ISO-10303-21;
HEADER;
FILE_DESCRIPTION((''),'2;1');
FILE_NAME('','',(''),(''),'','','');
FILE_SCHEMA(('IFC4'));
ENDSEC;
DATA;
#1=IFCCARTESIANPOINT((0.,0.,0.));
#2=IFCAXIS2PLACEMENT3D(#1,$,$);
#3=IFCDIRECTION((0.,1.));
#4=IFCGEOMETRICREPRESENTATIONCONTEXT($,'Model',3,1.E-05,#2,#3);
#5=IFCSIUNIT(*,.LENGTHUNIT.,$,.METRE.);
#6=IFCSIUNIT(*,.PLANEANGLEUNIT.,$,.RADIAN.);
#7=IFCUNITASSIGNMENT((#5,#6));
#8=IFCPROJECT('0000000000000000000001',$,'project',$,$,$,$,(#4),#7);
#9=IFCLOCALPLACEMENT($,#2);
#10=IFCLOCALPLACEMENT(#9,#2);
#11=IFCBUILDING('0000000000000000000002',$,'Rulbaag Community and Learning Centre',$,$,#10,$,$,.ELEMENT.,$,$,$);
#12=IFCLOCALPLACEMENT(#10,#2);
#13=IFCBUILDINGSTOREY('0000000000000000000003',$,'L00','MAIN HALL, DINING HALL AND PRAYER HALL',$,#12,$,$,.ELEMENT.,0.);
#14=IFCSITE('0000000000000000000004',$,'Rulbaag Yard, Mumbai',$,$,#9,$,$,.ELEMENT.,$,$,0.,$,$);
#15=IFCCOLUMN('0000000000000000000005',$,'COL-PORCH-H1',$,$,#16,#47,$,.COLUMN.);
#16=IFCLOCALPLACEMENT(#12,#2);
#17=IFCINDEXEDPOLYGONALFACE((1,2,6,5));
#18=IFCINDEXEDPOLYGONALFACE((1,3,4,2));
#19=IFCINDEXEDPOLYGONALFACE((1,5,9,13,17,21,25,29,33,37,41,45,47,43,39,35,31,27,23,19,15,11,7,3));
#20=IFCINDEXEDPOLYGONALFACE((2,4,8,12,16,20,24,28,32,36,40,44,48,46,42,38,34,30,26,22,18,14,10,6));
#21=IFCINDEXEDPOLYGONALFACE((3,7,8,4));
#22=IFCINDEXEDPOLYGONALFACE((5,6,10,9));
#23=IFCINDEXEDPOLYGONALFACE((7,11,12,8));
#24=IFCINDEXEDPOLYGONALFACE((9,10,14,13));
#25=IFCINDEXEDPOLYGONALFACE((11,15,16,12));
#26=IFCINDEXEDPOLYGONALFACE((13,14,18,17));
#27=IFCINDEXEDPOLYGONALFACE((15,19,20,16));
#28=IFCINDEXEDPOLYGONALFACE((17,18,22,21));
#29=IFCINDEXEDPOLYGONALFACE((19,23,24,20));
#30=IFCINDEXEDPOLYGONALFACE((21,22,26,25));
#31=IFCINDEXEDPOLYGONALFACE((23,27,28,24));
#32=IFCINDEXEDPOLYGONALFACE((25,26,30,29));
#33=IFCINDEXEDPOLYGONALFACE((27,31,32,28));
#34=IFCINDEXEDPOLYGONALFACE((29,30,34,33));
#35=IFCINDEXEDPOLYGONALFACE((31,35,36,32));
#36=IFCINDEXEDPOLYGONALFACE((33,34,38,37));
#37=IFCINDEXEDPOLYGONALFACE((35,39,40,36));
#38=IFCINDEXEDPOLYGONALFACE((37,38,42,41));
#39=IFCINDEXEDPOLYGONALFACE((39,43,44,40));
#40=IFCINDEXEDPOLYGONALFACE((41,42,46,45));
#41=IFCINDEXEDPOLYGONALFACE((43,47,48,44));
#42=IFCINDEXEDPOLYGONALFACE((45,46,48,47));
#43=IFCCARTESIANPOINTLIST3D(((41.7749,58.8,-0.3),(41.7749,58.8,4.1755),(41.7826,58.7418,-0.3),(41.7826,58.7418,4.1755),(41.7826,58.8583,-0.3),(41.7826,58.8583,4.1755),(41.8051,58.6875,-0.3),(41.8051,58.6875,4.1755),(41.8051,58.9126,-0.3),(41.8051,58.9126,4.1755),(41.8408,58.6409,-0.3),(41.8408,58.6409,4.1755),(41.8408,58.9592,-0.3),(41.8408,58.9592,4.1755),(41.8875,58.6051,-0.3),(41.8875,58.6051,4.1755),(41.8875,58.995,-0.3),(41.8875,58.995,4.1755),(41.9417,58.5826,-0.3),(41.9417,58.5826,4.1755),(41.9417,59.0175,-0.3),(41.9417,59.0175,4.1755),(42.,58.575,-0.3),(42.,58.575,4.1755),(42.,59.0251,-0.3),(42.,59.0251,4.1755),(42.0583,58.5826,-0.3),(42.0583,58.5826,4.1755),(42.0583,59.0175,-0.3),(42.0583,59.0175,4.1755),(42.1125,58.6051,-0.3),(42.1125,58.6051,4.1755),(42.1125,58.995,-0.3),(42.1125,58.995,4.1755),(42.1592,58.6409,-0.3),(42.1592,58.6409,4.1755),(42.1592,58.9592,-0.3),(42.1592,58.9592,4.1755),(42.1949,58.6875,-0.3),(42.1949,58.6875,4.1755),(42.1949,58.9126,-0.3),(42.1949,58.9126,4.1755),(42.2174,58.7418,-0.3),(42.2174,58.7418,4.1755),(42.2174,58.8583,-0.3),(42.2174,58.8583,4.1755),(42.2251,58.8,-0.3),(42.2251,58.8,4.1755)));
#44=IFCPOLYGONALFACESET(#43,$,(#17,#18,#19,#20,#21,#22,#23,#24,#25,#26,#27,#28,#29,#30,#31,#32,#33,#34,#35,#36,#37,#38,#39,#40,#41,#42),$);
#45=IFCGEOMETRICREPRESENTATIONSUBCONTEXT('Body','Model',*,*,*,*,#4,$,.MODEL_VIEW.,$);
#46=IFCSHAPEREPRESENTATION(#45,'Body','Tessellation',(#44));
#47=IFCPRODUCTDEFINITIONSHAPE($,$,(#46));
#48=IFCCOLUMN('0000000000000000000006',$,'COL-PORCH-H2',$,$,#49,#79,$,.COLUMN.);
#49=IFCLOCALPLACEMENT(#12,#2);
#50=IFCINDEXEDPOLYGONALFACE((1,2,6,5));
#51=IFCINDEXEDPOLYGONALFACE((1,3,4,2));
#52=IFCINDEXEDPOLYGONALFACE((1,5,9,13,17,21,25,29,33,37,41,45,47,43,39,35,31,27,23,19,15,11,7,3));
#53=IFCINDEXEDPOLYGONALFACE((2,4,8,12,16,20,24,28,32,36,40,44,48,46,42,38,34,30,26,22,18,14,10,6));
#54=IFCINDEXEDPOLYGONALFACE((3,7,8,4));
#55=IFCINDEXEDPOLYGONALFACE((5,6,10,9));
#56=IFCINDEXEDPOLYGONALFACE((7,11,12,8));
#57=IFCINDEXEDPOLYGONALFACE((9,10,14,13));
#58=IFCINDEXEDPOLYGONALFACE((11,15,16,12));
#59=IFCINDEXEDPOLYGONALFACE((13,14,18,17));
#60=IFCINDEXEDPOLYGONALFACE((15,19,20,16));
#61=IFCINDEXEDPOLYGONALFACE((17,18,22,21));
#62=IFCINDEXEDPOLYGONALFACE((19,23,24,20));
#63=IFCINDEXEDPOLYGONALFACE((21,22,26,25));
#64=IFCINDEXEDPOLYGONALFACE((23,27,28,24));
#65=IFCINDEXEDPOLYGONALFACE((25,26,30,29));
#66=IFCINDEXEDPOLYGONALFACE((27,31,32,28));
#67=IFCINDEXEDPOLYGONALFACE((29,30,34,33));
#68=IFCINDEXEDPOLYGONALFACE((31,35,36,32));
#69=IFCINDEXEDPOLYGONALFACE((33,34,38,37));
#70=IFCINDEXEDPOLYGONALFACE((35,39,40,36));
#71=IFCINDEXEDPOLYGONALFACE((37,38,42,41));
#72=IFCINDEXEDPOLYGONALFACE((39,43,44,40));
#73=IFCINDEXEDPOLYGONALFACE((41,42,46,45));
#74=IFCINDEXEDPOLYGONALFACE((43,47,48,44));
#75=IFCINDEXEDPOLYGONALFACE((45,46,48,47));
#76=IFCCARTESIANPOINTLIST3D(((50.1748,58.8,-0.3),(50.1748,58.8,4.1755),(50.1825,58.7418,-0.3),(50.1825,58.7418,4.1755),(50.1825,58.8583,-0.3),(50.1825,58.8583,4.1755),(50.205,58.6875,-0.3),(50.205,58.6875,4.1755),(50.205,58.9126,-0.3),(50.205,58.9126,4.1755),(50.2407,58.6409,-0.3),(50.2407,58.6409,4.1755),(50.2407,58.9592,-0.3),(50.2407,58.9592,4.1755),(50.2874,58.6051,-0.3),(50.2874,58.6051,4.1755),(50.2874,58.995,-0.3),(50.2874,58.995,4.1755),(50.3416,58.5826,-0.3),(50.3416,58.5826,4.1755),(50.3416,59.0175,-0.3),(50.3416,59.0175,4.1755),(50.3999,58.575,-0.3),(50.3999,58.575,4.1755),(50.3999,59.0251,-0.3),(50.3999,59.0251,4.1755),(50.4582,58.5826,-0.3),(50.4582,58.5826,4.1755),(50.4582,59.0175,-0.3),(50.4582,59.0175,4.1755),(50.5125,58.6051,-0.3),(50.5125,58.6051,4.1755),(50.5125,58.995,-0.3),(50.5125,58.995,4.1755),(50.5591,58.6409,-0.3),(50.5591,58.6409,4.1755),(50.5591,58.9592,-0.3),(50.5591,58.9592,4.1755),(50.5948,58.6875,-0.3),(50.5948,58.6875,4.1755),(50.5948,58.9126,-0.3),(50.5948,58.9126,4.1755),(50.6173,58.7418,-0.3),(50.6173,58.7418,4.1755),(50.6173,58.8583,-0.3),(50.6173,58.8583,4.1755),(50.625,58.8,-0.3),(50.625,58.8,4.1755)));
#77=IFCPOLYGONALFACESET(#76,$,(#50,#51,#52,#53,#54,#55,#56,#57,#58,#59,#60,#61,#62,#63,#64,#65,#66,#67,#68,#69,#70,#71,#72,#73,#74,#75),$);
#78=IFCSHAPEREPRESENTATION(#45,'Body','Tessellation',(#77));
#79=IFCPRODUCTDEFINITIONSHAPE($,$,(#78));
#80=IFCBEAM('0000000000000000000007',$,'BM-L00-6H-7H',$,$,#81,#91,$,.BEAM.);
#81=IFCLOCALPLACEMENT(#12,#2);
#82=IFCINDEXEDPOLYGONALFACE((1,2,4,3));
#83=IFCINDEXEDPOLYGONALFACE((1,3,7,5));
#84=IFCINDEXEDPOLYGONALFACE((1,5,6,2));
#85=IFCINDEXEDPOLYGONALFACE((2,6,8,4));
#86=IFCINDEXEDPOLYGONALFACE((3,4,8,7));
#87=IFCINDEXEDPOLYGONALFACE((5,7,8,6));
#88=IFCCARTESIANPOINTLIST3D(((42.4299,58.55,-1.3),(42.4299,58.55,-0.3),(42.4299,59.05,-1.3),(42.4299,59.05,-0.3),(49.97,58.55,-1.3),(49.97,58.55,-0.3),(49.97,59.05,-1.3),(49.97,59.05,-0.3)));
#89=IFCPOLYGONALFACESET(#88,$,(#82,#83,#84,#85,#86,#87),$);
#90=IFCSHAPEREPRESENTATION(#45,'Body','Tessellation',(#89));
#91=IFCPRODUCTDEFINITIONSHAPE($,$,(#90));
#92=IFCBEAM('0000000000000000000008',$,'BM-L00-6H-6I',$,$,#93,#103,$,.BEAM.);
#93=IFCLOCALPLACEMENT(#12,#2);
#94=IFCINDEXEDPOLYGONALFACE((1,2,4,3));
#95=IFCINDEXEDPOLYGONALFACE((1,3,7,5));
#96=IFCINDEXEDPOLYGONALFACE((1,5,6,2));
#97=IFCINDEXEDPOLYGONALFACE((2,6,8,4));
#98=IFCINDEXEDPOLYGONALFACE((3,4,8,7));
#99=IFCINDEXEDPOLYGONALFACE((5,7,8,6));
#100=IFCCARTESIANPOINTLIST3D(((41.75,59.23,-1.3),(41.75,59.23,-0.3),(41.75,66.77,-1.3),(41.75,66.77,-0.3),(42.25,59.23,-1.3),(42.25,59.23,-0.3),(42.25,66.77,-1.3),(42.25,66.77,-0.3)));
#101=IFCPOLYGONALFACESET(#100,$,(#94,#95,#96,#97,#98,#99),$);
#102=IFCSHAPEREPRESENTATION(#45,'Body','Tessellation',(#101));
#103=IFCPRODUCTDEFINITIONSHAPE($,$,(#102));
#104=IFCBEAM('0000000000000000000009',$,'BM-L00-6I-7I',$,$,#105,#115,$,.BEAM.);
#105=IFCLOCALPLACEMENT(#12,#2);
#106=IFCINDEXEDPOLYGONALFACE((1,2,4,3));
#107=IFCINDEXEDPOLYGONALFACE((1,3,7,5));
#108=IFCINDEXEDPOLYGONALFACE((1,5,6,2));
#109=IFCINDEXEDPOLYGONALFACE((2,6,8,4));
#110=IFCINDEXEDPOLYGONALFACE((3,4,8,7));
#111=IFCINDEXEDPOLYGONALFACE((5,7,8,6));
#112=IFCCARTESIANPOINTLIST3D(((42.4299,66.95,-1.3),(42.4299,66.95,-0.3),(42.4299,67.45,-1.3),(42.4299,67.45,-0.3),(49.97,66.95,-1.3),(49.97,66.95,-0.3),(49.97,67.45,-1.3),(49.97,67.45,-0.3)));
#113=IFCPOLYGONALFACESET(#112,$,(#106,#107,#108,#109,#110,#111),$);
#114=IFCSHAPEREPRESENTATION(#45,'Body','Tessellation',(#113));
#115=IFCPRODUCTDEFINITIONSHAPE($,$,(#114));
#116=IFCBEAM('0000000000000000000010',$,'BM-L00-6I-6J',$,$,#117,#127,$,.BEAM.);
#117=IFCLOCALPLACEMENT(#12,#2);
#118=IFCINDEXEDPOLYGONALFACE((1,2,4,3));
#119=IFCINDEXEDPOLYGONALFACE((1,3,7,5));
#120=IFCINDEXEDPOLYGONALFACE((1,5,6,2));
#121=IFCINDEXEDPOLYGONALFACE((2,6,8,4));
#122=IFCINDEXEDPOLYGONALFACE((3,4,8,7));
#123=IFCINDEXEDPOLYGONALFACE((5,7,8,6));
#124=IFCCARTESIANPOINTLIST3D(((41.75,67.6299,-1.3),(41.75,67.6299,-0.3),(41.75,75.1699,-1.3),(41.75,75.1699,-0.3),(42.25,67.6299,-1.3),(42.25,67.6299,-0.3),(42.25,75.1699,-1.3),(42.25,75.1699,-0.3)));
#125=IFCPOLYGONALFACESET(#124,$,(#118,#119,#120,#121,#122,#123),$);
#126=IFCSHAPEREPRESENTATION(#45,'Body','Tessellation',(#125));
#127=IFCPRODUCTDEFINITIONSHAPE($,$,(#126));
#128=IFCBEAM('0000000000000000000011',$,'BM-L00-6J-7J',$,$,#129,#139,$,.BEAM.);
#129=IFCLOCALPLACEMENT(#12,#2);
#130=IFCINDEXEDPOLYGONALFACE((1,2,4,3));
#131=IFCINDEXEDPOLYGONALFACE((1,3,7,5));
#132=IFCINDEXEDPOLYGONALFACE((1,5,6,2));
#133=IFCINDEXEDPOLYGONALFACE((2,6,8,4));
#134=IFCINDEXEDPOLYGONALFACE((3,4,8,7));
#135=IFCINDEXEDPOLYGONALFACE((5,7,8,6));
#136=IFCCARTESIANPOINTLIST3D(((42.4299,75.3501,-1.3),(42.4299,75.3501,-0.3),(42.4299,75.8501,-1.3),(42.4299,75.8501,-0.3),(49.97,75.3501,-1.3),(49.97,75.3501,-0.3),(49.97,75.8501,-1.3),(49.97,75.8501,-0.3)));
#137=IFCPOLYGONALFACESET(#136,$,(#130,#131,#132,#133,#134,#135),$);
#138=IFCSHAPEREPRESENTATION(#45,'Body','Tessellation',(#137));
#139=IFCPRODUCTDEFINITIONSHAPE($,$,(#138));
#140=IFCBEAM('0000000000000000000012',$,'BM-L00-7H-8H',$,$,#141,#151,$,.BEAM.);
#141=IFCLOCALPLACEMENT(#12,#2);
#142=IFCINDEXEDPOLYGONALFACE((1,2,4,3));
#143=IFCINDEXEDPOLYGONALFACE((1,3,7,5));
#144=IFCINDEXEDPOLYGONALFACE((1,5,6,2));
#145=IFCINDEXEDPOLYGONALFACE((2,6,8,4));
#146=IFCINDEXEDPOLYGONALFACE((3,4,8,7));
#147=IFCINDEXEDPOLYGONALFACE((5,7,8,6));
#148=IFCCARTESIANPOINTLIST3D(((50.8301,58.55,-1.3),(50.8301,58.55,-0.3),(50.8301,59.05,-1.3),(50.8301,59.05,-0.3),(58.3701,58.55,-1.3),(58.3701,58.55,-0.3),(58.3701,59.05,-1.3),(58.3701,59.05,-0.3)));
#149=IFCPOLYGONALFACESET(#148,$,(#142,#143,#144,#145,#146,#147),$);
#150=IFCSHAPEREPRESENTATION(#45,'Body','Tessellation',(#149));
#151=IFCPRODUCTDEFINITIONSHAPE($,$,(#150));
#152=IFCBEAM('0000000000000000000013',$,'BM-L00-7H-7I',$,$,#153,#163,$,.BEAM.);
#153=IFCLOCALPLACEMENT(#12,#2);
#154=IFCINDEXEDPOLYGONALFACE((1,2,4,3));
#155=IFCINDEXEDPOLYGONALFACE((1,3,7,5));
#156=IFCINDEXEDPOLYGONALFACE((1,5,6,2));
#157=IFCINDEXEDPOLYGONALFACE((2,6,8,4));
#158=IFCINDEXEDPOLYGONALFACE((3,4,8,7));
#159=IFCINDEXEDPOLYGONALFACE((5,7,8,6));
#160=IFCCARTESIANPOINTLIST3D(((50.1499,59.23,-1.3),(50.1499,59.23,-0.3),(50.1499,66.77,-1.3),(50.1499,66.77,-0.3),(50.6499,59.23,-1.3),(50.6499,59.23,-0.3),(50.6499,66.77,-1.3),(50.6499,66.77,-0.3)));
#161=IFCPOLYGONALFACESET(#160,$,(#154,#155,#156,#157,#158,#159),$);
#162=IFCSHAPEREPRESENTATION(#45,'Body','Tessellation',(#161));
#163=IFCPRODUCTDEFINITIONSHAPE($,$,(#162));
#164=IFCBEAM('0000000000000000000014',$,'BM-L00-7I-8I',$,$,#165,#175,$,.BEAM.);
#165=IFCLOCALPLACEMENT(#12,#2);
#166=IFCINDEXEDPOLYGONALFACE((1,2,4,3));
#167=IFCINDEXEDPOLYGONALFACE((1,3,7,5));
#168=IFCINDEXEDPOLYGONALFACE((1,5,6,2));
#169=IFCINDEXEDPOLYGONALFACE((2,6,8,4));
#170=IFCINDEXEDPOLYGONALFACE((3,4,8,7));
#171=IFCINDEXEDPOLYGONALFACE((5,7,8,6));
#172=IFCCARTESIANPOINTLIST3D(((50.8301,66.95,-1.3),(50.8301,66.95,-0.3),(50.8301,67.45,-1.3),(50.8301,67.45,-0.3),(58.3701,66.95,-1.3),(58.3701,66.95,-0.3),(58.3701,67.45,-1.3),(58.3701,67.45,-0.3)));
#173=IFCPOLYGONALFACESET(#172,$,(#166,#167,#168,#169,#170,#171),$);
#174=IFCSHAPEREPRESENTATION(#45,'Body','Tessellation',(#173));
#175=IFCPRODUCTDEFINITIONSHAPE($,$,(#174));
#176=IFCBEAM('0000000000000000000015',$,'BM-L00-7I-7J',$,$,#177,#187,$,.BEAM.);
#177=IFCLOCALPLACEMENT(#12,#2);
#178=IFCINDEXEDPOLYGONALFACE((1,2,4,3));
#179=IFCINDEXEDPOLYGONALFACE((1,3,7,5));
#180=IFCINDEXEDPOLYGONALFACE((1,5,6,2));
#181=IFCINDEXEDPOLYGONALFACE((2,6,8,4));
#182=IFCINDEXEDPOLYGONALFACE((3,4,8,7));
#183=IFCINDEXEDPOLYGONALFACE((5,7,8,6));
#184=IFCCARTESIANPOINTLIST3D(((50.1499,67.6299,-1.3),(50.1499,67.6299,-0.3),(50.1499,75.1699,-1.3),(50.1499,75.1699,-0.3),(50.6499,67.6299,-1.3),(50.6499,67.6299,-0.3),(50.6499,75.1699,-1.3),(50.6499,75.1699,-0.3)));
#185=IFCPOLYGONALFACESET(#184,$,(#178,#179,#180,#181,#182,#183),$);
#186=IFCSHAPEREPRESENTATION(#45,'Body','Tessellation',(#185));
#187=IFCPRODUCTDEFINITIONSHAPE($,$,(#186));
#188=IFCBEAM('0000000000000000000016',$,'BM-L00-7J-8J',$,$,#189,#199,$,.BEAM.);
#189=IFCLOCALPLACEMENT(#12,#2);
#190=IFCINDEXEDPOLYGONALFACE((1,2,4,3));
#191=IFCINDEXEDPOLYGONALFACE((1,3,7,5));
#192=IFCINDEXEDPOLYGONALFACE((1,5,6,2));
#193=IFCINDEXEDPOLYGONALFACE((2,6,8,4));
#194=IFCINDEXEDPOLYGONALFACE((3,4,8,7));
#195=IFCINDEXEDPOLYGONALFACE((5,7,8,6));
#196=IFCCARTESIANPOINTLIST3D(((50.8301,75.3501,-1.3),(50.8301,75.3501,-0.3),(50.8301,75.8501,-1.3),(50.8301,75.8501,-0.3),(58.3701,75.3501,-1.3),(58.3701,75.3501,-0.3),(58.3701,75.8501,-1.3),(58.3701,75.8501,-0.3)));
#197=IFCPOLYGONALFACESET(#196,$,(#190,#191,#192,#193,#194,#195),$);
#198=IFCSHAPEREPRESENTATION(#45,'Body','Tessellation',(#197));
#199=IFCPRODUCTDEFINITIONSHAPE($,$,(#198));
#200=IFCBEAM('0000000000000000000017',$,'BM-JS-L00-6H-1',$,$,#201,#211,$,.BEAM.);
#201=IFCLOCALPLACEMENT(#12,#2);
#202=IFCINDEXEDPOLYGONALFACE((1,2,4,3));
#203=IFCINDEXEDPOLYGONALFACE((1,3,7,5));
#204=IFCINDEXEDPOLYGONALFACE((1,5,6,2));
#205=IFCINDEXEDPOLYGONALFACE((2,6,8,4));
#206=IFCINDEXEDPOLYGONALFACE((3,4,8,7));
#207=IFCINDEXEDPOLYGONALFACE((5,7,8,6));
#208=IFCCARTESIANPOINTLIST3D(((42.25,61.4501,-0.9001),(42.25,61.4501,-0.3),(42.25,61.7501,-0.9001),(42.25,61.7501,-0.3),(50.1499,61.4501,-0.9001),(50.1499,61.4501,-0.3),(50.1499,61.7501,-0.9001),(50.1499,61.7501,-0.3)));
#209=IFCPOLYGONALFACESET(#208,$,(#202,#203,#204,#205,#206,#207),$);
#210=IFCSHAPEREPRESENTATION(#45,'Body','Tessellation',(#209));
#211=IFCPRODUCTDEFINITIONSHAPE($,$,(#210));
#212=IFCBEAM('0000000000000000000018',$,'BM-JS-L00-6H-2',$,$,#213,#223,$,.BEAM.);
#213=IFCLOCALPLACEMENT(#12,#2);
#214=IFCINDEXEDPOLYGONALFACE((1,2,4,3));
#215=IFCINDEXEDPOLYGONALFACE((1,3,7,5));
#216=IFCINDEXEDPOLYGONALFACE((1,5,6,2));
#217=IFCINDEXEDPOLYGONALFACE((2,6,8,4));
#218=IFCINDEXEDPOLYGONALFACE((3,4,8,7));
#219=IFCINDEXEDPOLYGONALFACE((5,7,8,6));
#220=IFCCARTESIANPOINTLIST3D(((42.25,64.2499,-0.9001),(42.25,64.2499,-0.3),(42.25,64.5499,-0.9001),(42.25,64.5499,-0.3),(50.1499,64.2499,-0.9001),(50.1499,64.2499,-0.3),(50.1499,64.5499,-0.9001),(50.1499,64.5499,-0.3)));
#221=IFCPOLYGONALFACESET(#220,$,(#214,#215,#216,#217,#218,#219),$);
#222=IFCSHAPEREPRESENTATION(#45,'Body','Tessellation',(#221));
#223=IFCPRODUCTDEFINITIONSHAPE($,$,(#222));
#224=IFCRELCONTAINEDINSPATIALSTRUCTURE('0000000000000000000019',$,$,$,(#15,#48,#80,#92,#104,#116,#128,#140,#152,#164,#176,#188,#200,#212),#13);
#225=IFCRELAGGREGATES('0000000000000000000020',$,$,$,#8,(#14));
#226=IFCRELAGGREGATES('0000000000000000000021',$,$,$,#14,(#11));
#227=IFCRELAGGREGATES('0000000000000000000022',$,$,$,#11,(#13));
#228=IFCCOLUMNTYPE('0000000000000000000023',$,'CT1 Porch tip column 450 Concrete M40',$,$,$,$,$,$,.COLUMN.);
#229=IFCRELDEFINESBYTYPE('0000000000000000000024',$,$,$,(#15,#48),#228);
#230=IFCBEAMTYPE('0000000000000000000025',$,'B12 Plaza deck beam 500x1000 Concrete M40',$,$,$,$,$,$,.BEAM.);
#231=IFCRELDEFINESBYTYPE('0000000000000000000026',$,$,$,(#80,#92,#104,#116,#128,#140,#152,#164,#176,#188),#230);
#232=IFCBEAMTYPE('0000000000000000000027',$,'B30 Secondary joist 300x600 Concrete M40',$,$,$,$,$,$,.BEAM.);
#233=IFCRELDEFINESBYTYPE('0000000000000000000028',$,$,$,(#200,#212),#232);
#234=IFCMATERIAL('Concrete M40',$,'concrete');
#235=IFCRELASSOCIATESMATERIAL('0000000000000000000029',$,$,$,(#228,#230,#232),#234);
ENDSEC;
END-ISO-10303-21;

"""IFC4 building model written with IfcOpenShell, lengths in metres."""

from ifc_helpers import new_model, si_unit, direction, frame, origin, origin_2d, place, context, subcontext, project, spatial, rectangle, circle, extrude, material, material_profile, profile_set, type_object, element, save


model = new_model("IFC4")

# Units and contexts
model_context = context("Model", 3, precision=1e-05, world=origin(), true_north=direction((0.0, 1.0)))
body_context = subcontext(model_context, "Body", "Model", "MODEL_VIEW")
ifc_project = project(units=[si_unit("LENGTHUNIT", "METRE"), si_unit("PLANEANGLEUNIT", "RADIAN")], contexts=[model_context])

# Site, building, storey
site_placement = place(None, origin())
site = spatial("IfcSite", under=ifc_project, at=site_placement, Name="Rulbaag Yard, Mumbai", CompositionType="ELEMENT", RefElevation=0.0)
building_placement = place(site_placement, origin())
building = spatial("IfcBuilding", under=site, at=building_placement, Name="Rulbaag Community and Learning Centre", CompositionType="ELEMENT")
storey_placement = place(building_placement, origin())
storey = spatial("IfcBuildingStorey", under=building, at=storey_placement, Name="L00", Description="MAIN HALL, DINING HALL AND PRAYER HALL", CompositionType="ELEMENT", Elevation=0.0)

# Columns
ifc_material = material(Name="Concrete M40", Category="concrete")
ifc_material_profile_1 = material_profile(ifc_material, circle(Radius=0.2251, at=origin_2d()), Name="RD450")
ifc_profile_set_1 = profile_set([ifc_material_profile_1], Name="Concrete M40")
column_type = type_object("IfcColumnType", Name="CT1 Porch tip column 450 Concrete M40", PredefinedType="COLUMN", material=ifc_profile_set_1)
for number, where, z_axis, x_axis, name in (
    (1, (42.0, 58.8, -0.3), (0.0, 0.0, 1.0), (1.0, 0.0, 0.0), "COL-PORCH-H1"),
    (2, (50.3999, 58.8, -0.3), (0.0, 0.0, 1.0), (1.0, 0.0, 0.0), "COL-PORCH-H2"),
):
    element("IfcColumn", number, at=place(storey_placement, frame(where, z_axis=z_axis, x_axis=x_axis)), inside=storey, type_object=column_type, Name=name, PredefinedType="COLUMN", context=body_context, shape_type="SweptSolid", body=[
        extrude(circle(Radius=0.2251, at=origin_2d()), origin(), (0.0, 0.0, 1.0), 4.4756),
    ])

# Beams
ifc_material_profile_2 = material_profile(ifc_material, rectangle(XDim=0.5, YDim=1.0, at=origin_2d()), Name="RB500x1000")
ifc_profile_set_2 = profile_set([ifc_material_profile_2], Name="Concrete M40")
beam_type_1 = type_object("IfcBeamType", Name="B12 Plaza deck beam 500x1000 Concrete M40", PredefinedType="BEAM", material=ifc_profile_set_2)
for number, where, z_axis, x_axis, name in (
    (3, (42.4299, 58.8, -0.8), (1.0, 0.0, 0.0), (0.0, 1.0, 0.0), "BM-L00-6H-7H"),
    (4, (42.0, 59.23, -0.8), (0.0, 1.0, 0.0), (-1.0, 0.0, 0.0), "BM-L00-6H-6I"),
    (5, (42.4299, 67.2, -0.8), (1.0, 0.0, 0.0), (0.0, 1.0, 0.0), "BM-L00-6I-7I"),
    (6, (42.0, 67.6299, -0.8), (0.0, 1.0, 0.0), (-1.0, 0.0, 0.0), "BM-L00-6I-6J"),
    (7, (42.4299, 75.6001, -0.8), (1.0, 0.0, 0.0), (0.0, 1.0, 0.0), "BM-L00-6J-7J"),
    (8, (50.8301, 58.8, -0.8), (1.0, 0.0, 0.0), (0.0, 1.0, 0.0), "BM-L00-7H-8H"),
    (9, (50.3999, 59.23, -0.8), (0.0, 1.0, 0.0), (-1.0, 0.0, 0.0), "BM-L00-7H-7I"),
    (10, (50.8301, 67.2, -0.8), (1.0, 0.0, 0.0), (0.0, 1.0, 0.0), "BM-L00-7I-8I"),
    (11, (50.3999, 67.6299, -0.8), (0.0, 1.0, 0.0), (-1.0, 0.0, 0.0), "BM-L00-7I-7J"),
    (12, (50.8301, 75.6001, -0.8), (1.0, 0.0, 0.0), (0.0, 1.0, 0.0), "BM-L00-7J-8J"),
):
    element("IfcBeam", number, at=place(storey_placement, frame(where, z_axis=z_axis, x_axis=x_axis)), inside=storey, type_object=beam_type_1, Name=name, PredefinedType="BEAM", context=body_context, shape_type="SweptSolid", body=[
        extrude(rectangle(XDim=0.5, YDim=1.0, at=origin_2d()), origin(), (0.0, 0.0, 1.0), 7.54),
    ])
ifc_material_profile_3 = material_profile(ifc_material, rectangle(XDim=0.3, YDim=0.6001, at=origin_2d()), Name="RB300x600")
ifc_profile_set_3 = profile_set([ifc_material_profile_3], Name="Concrete M40")
beam_type_2 = type_object("IfcBeamType", Name="B30 Secondary joist 300x600 Concrete M40", PredefinedType="BEAM", material=ifc_profile_set_3)
for number, where, z_axis, x_axis, name in (
    (13, (42.25, 61.6001, -0.6001), (1.0, 0.0, 0.0), (0.0, 1.0, 0.0), "BM-JS-L00-6H-1"),
    (14, (42.25, 64.3999, -0.6001), (1.0, 0.0, 0.0), (0.0, 1.0, 0.0), "BM-JS-L00-6H-2"),
):
    element("IfcBeam", number, at=place(storey_placement, frame(where, z_axis=z_axis, x_axis=x_axis)), inside=storey, type_object=beam_type_2, Name=name, PredefinedType="BEAM", context=body_context, shape_type="SweptSolid", body=[
        extrude(rectangle(XDim=0.3, YDim=0.6001, at=origin_2d()), origin(), (0.0, 0.0, 1.0), 7.8999),
    ])

save(model, "model.ifc")
